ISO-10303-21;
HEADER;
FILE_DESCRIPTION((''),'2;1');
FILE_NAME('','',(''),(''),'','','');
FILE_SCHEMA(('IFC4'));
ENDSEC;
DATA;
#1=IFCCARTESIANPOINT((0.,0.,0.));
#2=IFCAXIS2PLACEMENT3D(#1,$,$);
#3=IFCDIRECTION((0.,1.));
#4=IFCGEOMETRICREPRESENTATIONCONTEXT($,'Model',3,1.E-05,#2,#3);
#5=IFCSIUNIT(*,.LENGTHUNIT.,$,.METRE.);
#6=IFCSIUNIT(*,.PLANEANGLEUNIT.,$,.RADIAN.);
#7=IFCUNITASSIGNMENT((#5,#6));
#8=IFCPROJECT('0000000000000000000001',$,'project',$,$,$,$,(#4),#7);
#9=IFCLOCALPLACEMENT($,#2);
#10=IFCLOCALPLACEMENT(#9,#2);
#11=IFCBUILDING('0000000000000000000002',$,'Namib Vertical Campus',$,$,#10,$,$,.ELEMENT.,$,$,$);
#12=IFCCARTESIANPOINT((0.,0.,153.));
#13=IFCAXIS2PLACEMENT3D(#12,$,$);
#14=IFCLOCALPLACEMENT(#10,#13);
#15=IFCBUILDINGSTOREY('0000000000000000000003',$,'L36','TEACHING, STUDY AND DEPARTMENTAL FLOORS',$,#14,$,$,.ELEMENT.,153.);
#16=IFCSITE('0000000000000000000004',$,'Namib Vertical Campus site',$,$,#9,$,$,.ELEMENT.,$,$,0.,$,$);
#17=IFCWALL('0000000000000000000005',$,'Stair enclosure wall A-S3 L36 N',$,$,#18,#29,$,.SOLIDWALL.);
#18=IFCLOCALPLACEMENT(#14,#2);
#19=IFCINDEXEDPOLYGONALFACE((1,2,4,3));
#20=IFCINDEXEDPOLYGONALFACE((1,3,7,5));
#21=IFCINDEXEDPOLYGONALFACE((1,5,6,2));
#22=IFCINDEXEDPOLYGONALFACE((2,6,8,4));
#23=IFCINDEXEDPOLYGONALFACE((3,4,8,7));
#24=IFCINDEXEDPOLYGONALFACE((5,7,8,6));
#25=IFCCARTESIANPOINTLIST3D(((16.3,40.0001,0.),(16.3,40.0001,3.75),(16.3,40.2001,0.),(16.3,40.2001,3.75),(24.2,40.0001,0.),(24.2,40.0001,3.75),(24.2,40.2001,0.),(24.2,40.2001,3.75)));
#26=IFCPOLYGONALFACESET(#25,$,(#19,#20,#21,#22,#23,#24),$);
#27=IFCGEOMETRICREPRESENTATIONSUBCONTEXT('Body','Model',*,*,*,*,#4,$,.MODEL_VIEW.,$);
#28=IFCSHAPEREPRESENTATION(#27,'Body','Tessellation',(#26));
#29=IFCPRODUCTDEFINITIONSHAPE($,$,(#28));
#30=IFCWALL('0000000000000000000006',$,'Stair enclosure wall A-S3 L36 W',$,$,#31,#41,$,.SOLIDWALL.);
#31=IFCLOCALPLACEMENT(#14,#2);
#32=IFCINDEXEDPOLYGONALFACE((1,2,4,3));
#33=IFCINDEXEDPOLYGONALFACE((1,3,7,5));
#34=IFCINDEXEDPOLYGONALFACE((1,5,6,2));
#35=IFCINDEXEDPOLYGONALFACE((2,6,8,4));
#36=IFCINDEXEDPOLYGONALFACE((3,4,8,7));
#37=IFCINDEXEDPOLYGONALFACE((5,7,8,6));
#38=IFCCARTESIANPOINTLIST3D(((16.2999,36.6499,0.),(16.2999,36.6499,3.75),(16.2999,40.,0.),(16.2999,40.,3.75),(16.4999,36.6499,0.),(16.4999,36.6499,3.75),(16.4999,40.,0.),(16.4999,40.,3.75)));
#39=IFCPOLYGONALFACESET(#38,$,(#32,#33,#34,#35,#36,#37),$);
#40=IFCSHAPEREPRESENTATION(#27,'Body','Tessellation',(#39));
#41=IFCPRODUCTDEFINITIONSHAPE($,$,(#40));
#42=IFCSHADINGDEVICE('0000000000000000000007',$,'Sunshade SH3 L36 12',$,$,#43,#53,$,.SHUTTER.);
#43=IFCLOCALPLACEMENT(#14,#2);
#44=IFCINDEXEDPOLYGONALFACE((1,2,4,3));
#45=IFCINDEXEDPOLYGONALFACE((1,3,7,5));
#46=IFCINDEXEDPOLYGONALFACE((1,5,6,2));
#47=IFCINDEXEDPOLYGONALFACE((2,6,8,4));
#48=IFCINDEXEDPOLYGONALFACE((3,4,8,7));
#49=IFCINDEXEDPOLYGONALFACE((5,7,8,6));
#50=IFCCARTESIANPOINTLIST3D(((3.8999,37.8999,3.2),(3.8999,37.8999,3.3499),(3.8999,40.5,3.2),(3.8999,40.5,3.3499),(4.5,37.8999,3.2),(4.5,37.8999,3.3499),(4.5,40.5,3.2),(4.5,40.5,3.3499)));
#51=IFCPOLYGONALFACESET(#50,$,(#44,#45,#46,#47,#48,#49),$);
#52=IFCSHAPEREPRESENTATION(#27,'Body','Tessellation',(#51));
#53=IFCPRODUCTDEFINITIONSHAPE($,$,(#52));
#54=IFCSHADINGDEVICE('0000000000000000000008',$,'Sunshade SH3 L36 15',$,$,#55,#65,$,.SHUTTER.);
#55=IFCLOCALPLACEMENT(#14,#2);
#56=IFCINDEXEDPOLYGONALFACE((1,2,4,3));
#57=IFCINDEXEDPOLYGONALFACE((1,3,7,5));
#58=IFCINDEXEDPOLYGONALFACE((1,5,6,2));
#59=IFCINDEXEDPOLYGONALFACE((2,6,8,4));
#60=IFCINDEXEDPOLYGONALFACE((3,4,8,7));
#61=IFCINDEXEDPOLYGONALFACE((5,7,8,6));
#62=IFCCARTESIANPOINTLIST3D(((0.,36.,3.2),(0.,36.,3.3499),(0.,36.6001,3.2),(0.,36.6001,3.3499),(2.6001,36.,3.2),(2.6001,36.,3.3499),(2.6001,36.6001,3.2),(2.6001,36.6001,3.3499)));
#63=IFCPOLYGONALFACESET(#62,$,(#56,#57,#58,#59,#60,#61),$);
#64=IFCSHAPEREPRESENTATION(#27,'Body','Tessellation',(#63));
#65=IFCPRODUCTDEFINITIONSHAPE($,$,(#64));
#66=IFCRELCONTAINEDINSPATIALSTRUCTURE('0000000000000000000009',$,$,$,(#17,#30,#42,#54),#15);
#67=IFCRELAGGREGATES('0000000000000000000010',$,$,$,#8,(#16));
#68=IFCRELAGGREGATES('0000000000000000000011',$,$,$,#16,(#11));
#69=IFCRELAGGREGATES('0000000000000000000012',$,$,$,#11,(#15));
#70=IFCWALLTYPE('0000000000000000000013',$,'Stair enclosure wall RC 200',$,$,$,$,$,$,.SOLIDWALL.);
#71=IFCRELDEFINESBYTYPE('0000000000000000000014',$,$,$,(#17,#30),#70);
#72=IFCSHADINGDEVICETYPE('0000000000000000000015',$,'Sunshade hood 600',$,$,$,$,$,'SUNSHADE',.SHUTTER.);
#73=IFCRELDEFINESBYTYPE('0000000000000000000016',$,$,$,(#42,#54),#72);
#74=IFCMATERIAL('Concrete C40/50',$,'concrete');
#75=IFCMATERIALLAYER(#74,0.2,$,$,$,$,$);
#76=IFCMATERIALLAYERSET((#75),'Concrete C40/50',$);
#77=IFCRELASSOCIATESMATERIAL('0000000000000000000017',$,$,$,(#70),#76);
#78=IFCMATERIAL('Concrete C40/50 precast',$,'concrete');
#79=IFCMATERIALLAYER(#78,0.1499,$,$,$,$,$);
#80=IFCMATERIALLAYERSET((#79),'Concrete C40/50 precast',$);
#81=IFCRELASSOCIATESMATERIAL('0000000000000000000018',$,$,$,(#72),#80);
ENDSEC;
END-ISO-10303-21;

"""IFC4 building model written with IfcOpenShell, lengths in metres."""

from ifc_helpers import new_model, si_unit, direction, frame, frame_2d, origin, origin_2d, place, context, subcontext, project, spatial, rectangle, extrude, material, layer, layer_set, type_object, element, save


model = new_model("IFC4")

# Units and contexts
model_context = context("Model", 3, precision=1e-05, world=origin(), true_north=direction((0.0, 1.0)))
body_context = subcontext(model_context, "Body", "Model", "MODEL_VIEW")
ifc_project = project(units=[si_unit("LENGTHUNIT", "METRE"), si_unit("PLANEANGLEUNIT", "RADIAN")], contexts=[model_context])

# Site, building, storey
site_placement = place(None, origin())
site = spatial("IfcSite", under=ifc_project, at=site_placement, Name="Namib Vertical Campus site", CompositionType="ELEMENT", RefElevation=0.0)
building_placement = place(site_placement, origin())
building = spatial("IfcBuilding", under=site, at=building_placement, Name="Namib Vertical Campus", CompositionType="ELEMENT")
storey_placement = place(building_placement, frame((0.0, 0.0, 153.0)))
storey = spatial("IfcBuildingStorey", under=building, at=storey_placement, Name="L36", Description="TEACHING, STUDY AND DEPARTMENTAL FLOORS", CompositionType="ELEMENT", Elevation=153.0)

# Shared definitions
ifc_material_1 = material(Name="Concrete C40/50", Category="concrete")
ifc_layer_1 = layer(ifc_material_1, 0.2)
ifc_layer_set_1 = layer_set([ifc_layer_1], Name="Concrete C40/50")
wall_type_1 = type_object("IfcWallType", Name="Stair enclosure wall RC 200", PredefinedType="SOLIDWALL", material=ifc_layer_set_1)

# Walls
wall_1_placement = place(storey_placement, frame((16.3, 40.1001, 0.0), z_axis=(0.0, 0.0, 1.0), x_axis=(1.0, 0.0, 0.0)))
element("IfcWall", 1, at=wall_1_placement, inside=storey, type_object=wall_type_1, Name="Stair enclosure wall A-S3 L36 N", PredefinedType="SOLIDWALL", context=body_context, shape_type="SweptSolid", body=[
    extrude(rectangle(XDim=7.8999, YDim=0.2, at=frame_2d((3.95, 0.0))), origin(), (0.0, 0.0, 1.0), 3.75),
])
wall_2_placement = place(storey_placement, frame((16.3999, 36.6499, 0.0), z_axis=(0.0, 0.0, 1.0), x_axis=(0.0, 1.0, 0.0)))
element("IfcWall", 2, at=wall_2_placement, inside=storey, type_object=wall_type_1, Name="Stair enclosure wall A-S3 L36 W", PredefinedType="SOLIDWALL", context=body_context, shape_type="SweptSolid", body=[
    extrude(rectangle(XDim=3.3501, YDim=0.2, at=frame_2d((1.675, 0.0))), origin(), (0.0, 0.0, 1.0), 3.75),
])

# Shading devices
ifc_material_2 = material(Name="Concrete C40/50 precast", Category="concrete")
ifc_layer_2 = layer(ifc_material_2, 0.1499)
ifc_layer_set_2 = layer_set([ifc_layer_2], Name="Concrete C40/50 precast")
shading_device_type = type_object("IfcShadingDeviceType", Name="Sunshade hood 600", ElementType="SUNSHADE", PredefinedType="SHUTTER", material=ifc_layer_set_2)
for number, where, z_axis, x_axis, name in (
    (3, (4.2, 39.2, 3.2), (0.0, 0.0, 1.0), (0.0, -1.0, 0.0), "Sunshade SH3 L36 12"),
    (4, (1.3, 36.3, 3.2), (0.0, 0.0, 1.0), (-1.0, 0.0, 0.0), "Sunshade SH3 L36 15"),
):
    element("IfcShadingDevice", number, at=place(storey_placement, frame(where, z_axis=z_axis, x_axis=x_axis)), inside=storey, type_object=shading_device_type, Name=name, PredefinedType="SHUTTER", context=body_context, shape_type="SweptSolid", body=[
        extrude(rectangle(XDim=2.6001, YDim=0.6001, at=origin_2d()), origin(), (0.0, 0.0, 1.0), 0.1499),
    ])

save(model, "model.ifc")
